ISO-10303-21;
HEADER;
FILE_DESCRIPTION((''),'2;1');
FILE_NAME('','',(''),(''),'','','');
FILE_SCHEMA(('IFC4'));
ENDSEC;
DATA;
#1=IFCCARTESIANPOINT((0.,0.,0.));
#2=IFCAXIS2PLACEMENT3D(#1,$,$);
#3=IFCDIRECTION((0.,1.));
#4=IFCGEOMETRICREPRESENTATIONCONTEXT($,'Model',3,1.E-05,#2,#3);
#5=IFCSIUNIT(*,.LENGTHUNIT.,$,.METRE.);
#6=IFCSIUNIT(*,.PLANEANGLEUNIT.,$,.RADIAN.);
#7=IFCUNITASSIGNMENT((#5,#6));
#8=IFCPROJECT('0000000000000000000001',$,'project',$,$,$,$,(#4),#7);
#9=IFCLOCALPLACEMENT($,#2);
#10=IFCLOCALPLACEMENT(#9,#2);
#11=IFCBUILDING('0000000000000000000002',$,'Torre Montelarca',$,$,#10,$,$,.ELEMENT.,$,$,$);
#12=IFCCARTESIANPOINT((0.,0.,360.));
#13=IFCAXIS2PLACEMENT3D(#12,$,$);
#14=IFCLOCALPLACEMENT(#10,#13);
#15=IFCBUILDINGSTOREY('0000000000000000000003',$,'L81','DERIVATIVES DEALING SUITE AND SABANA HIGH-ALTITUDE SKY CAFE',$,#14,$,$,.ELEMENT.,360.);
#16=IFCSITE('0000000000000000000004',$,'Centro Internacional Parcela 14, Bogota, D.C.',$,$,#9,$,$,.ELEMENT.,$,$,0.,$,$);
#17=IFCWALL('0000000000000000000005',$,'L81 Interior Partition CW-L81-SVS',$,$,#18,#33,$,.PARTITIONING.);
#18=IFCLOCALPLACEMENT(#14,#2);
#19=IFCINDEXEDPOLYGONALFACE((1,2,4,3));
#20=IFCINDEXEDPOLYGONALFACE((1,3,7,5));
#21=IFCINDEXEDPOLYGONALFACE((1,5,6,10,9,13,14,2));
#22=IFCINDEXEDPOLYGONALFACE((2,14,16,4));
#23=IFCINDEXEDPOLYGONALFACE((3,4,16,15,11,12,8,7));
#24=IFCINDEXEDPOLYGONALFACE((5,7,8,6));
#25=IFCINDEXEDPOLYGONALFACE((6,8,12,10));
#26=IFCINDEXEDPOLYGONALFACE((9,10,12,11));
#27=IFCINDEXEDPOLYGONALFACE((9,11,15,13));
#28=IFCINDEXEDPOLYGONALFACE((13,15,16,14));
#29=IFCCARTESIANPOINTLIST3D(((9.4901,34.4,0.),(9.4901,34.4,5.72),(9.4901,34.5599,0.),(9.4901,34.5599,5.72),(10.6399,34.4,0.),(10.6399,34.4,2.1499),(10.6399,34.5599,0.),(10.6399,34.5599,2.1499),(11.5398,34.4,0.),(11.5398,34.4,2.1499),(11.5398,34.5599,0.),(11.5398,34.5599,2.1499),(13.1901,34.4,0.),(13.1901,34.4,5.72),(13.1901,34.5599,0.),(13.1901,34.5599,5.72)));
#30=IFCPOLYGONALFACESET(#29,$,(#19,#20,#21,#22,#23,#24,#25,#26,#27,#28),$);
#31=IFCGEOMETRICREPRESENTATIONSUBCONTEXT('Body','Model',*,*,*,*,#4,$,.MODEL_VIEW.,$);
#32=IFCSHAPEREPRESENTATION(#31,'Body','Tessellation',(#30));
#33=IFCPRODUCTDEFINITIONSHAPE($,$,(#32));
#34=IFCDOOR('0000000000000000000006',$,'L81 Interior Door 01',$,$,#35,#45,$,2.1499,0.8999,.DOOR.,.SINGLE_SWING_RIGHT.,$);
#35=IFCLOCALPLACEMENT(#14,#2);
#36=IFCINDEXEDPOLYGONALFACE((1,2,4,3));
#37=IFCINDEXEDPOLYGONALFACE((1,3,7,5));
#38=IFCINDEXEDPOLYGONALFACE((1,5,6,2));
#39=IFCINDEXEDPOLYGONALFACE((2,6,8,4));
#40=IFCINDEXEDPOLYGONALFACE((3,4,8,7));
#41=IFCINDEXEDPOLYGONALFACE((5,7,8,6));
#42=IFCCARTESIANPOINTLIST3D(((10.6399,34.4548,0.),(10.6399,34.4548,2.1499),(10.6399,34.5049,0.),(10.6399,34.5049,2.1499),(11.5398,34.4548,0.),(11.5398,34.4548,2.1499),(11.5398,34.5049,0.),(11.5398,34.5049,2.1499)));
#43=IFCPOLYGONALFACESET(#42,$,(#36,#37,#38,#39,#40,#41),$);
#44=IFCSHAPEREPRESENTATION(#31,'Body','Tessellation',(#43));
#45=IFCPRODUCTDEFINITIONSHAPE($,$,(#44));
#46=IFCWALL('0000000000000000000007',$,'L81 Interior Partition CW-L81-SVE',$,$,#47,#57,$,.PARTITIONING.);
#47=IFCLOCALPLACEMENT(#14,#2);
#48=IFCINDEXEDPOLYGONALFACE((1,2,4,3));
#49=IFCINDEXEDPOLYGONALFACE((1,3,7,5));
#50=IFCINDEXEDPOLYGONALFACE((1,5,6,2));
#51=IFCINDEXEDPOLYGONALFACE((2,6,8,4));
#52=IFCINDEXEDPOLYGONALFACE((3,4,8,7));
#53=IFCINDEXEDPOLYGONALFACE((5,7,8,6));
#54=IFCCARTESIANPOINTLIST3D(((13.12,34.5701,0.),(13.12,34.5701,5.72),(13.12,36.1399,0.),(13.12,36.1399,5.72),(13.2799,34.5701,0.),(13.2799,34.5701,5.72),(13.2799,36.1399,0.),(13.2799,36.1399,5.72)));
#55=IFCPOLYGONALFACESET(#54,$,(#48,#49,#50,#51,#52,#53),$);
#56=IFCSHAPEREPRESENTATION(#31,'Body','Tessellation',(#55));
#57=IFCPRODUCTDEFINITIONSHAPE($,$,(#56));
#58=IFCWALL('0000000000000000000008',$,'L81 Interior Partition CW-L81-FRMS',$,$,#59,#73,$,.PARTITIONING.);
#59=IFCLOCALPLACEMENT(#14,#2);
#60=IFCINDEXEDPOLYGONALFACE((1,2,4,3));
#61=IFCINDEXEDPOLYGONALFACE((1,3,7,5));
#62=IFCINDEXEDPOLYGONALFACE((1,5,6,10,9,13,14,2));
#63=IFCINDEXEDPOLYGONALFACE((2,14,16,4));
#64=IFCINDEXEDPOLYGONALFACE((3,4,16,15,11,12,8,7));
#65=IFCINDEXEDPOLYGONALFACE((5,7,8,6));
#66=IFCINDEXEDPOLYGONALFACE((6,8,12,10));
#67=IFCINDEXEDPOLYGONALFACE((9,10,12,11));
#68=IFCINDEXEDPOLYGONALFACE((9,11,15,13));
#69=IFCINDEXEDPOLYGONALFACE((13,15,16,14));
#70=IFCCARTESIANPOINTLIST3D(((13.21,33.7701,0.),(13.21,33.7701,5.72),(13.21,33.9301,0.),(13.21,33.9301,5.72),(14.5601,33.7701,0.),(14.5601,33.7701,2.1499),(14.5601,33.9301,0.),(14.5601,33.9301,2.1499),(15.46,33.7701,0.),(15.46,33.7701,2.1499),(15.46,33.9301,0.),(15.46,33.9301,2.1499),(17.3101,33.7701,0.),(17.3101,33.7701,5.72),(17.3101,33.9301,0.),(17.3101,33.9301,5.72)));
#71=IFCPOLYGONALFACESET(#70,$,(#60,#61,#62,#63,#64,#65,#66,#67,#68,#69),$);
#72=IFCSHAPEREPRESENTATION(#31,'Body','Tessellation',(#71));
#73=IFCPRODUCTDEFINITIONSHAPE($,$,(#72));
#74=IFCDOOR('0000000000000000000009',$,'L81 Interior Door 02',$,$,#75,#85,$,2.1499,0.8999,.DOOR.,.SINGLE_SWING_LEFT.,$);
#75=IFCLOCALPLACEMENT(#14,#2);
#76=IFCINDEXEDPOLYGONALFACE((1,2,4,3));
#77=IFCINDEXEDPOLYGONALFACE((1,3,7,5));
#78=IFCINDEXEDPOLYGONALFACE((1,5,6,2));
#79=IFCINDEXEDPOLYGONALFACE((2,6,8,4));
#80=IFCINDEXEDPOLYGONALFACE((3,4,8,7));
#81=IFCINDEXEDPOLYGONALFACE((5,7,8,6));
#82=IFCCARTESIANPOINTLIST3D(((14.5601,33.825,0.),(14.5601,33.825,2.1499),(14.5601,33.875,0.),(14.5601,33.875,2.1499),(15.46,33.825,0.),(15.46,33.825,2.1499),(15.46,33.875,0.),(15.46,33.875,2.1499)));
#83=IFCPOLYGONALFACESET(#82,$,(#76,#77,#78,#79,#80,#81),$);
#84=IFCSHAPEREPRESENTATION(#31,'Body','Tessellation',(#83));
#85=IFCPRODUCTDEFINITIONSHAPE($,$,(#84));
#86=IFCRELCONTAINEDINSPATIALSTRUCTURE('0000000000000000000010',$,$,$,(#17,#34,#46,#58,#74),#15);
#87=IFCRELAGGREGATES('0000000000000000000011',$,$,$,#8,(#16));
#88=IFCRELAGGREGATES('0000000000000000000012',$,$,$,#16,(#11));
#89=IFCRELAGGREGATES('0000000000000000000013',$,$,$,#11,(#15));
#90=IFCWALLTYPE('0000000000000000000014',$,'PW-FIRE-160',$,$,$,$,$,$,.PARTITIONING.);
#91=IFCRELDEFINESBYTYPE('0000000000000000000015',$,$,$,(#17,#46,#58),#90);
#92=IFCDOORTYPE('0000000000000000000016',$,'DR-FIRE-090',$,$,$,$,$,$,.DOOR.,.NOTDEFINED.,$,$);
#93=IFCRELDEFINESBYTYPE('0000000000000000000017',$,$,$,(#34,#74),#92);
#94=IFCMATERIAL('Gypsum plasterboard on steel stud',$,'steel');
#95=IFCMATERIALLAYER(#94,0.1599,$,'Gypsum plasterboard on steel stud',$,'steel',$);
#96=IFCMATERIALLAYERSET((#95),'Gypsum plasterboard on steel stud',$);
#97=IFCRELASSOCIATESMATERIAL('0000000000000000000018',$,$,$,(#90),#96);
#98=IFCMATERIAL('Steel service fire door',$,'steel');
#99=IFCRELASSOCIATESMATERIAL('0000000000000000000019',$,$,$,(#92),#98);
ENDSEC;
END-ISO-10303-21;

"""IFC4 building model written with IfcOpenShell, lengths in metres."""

from ifc_helpers import new_model, si_unit, direction, frame, frame_2d, origin, place, context, subcontext, project, spatial, rectangle, extrude, source, transform, mapped, material, layer, layer_set, type_object, element, fill, save


model = new_model("IFC4")

# Units and contexts
model_context = context("Model", 3, precision=1e-05, world=origin(), true_north=direction((0.0, 1.0)))
body_context = subcontext(model_context, "Body", "Model", "MODEL_VIEW")
ifc_project = project(units=[si_unit("LENGTHUNIT", "METRE"), si_unit("PLANEANGLEUNIT", "RADIAN")], contexts=[model_context])

# Site, building, storey
site_placement = place(None, origin())
site = spatial("IfcSite", under=ifc_project, at=site_placement, Name="Centro Internacional Parcela 14, Bogota, D.C.", CompositionType="ELEMENT", RefElevation=0.0)
building_placement = place(site_placement, origin())
building = spatial("IfcBuilding", under=site, at=building_placement, Name="Torre Montelarca", CompositionType="ELEMENT")
storey_placement = place(building_placement, frame((0.0, 0.0, 360.0)))
storey = spatial("IfcBuildingStorey", under=building, at=storey_placement, Name="L81", Description="DERIVATIVES DEALING SUITE AND SABANA HIGH-ALTITUDE SKY CAFE", CompositionType="ELEMENT", Elevation=360.0)

# Wall, opening, door
ifc_material_1 = material(Name="Gypsum plasterboard on steel stud", Category="steel")
ifc_layer_1 = layer(ifc_material_1, 0.1599, Name="Gypsum plasterboard on steel stud", Category="steel")
ifc_layer_set_1 = layer_set([ifc_layer_1], Name="Gypsum plasterboard on steel stud")
wall_type_1 = type_object("IfcWallType", Name="PW-FIRE-160", PredefinedType="PARTITIONING", material=ifc_layer_set_1)
wall_1_placement = place(storey_placement, frame((9.49, 34.48, 0.0), z_axis=(0.0, 0.0, 1.0), x_axis=(1.0, 0.0, 0.0)))
wall_1 = element("IfcWall", 1, at=wall_1_placement, inside=storey, type_object=wall_type_1, Name="L81 Interior Partition CW-L81-SVS", PredefinedType="PARTITIONING", context=body_context, shape_type="SweptSolid", body=[
    extrude(rectangle(XDim=3.7, YDim=0.1599, at=frame_2d((1.8501, 0.0))), origin(), (0.0, 0.0, 1.0), 5.72),
])
opening_1_placement = place(wall_1_placement, frame((1.1499, 0.0, 0.0)))
opening_1 = element("IfcOpeningElement", 2, at=opening_1_placement, cuts=wall_1, PredefinedType="OPENING", context=body_context, shape_type="SweptSolid", body=[
    extrude(rectangle(XDim=0.8999, YDim=2.1499, at=frame_2d((0.45, 1.075))), frame((0.0, 0.0898, 0.0), z_axis=(0.0, -1.0, 0.0), x_axis=(1.0, 0.0, 0.0)), (0.0, 0.0, 1.0), 0.1799),
])
ifc_material_2 = material(Name="Steel service fire door", Category="steel")
door_type_1 = type_object("IfcDoorType", Name="DR-FIRE-090", OperationType="NOTDEFINED", PredefinedType="DOOR", material=ifc_material_2)
shared_shape_1 = source(origin(), body_context, "Body", "SweptSolid", [
    extrude(rectangle(XDim=0.8999, YDim=2.1499, at=frame_2d((0.45, 1.075))), frame((0.0, 0.0249, 0.0), z_axis=(0.0, -1.0, 0.0), x_axis=(1.0, 0.0, 0.0)), (0.0, 0.0, 1.0), 0.05),
])
door_1_placement = place(opening_1_placement, origin())
door_1 = element("IfcDoor", 3, at=door_1_placement, inside=storey, type_object=door_type_1, Name="L81 Interior Door 01", OperationType="SINGLE_SWING_RIGHT", OverallHeight=2.1499, OverallWidth=0.8999, PredefinedType="DOOR", context=body_context, shape_type="MappedRepresentation", body=[
    mapped(shared_shape_1, transform((0.0, 0.0, 0.0), scale=1.0)),
])
fill(opening_1, door_1)

# Wall
wall_2_placement = place(storey_placement, frame((13.2, 34.5701, 0.0), z_axis=(0.0, 0.0, 1.0), x_axis=(0.0, 1.0, 0.0)))
element("IfcWall", 4, at=wall_2_placement, inside=storey, type_object=wall_type_1, Name="L81 Interior Partition CW-L81-SVE", PredefinedType="PARTITIONING", context=body_context, shape_type="SweptSolid", body=[
    extrude(rectangle(XDim=1.5698, YDim=0.1599, at=frame_2d((0.7849, 0.0))), origin(), (0.0, 0.0, 1.0), 5.72),
])

# Wall, opening, door
wall_3_placement = place(storey_placement, frame((13.21, 33.8501, 0.0), z_axis=(0.0, 0.0, 1.0), x_axis=(1.0, 0.0, 0.0)))
wall_3 = element("IfcWall", 5, at=wall_3_placement, inside=storey, type_object=wall_type_1, Name="L81 Interior Partition CW-L81-FRMS", PredefinedType="PARTITIONING", context=body_context, shape_type="SweptSolid", body=[
    extrude(rectangle(XDim=4.1001, YDim=0.1599, at=frame_2d((2.05, 0.0))), origin(), (0.0, 0.0, 1.0), 5.72),
])
opening_2_placement = place(wall_3_placement, frame((1.3501, 0.0, 0.0)))
opening_2 = element("IfcOpeningElement", 6, at=opening_2_placement, cuts=wall_3, PredefinedType="OPENING", context=body_context, shape_type="SweptSolid", body=[
    extrude(rectangle(XDim=0.8999, YDim=2.1499, at=frame_2d((0.45, 1.075))), frame((0.0, 0.0898, 0.0), z_axis=(0.0, -1.0, 0.0), x_axis=(1.0, 0.0, 0.0)), (0.0, 0.0, 1.0), 0.1799),
])
door_2_placement = place(opening_2_placement, origin())
door_2 = element("IfcDoor", 7, at=door_2_placement, inside=storey, type_object=door_type_1, Name="L81 Interior Door 02", OperationType="SINGLE_SWING_LEFT", OverallHeight=2.1499, OverallWidth=0.8999, PredefinedType="DOOR", context=body_context, shape_type="MappedRepresentation", body=[
    mapped(shared_shape_1, transform((0.0, 0.0, 0.0), scale=1.0)),
])
fill(opening_2, door_2)

save(model, "model.ifc")
